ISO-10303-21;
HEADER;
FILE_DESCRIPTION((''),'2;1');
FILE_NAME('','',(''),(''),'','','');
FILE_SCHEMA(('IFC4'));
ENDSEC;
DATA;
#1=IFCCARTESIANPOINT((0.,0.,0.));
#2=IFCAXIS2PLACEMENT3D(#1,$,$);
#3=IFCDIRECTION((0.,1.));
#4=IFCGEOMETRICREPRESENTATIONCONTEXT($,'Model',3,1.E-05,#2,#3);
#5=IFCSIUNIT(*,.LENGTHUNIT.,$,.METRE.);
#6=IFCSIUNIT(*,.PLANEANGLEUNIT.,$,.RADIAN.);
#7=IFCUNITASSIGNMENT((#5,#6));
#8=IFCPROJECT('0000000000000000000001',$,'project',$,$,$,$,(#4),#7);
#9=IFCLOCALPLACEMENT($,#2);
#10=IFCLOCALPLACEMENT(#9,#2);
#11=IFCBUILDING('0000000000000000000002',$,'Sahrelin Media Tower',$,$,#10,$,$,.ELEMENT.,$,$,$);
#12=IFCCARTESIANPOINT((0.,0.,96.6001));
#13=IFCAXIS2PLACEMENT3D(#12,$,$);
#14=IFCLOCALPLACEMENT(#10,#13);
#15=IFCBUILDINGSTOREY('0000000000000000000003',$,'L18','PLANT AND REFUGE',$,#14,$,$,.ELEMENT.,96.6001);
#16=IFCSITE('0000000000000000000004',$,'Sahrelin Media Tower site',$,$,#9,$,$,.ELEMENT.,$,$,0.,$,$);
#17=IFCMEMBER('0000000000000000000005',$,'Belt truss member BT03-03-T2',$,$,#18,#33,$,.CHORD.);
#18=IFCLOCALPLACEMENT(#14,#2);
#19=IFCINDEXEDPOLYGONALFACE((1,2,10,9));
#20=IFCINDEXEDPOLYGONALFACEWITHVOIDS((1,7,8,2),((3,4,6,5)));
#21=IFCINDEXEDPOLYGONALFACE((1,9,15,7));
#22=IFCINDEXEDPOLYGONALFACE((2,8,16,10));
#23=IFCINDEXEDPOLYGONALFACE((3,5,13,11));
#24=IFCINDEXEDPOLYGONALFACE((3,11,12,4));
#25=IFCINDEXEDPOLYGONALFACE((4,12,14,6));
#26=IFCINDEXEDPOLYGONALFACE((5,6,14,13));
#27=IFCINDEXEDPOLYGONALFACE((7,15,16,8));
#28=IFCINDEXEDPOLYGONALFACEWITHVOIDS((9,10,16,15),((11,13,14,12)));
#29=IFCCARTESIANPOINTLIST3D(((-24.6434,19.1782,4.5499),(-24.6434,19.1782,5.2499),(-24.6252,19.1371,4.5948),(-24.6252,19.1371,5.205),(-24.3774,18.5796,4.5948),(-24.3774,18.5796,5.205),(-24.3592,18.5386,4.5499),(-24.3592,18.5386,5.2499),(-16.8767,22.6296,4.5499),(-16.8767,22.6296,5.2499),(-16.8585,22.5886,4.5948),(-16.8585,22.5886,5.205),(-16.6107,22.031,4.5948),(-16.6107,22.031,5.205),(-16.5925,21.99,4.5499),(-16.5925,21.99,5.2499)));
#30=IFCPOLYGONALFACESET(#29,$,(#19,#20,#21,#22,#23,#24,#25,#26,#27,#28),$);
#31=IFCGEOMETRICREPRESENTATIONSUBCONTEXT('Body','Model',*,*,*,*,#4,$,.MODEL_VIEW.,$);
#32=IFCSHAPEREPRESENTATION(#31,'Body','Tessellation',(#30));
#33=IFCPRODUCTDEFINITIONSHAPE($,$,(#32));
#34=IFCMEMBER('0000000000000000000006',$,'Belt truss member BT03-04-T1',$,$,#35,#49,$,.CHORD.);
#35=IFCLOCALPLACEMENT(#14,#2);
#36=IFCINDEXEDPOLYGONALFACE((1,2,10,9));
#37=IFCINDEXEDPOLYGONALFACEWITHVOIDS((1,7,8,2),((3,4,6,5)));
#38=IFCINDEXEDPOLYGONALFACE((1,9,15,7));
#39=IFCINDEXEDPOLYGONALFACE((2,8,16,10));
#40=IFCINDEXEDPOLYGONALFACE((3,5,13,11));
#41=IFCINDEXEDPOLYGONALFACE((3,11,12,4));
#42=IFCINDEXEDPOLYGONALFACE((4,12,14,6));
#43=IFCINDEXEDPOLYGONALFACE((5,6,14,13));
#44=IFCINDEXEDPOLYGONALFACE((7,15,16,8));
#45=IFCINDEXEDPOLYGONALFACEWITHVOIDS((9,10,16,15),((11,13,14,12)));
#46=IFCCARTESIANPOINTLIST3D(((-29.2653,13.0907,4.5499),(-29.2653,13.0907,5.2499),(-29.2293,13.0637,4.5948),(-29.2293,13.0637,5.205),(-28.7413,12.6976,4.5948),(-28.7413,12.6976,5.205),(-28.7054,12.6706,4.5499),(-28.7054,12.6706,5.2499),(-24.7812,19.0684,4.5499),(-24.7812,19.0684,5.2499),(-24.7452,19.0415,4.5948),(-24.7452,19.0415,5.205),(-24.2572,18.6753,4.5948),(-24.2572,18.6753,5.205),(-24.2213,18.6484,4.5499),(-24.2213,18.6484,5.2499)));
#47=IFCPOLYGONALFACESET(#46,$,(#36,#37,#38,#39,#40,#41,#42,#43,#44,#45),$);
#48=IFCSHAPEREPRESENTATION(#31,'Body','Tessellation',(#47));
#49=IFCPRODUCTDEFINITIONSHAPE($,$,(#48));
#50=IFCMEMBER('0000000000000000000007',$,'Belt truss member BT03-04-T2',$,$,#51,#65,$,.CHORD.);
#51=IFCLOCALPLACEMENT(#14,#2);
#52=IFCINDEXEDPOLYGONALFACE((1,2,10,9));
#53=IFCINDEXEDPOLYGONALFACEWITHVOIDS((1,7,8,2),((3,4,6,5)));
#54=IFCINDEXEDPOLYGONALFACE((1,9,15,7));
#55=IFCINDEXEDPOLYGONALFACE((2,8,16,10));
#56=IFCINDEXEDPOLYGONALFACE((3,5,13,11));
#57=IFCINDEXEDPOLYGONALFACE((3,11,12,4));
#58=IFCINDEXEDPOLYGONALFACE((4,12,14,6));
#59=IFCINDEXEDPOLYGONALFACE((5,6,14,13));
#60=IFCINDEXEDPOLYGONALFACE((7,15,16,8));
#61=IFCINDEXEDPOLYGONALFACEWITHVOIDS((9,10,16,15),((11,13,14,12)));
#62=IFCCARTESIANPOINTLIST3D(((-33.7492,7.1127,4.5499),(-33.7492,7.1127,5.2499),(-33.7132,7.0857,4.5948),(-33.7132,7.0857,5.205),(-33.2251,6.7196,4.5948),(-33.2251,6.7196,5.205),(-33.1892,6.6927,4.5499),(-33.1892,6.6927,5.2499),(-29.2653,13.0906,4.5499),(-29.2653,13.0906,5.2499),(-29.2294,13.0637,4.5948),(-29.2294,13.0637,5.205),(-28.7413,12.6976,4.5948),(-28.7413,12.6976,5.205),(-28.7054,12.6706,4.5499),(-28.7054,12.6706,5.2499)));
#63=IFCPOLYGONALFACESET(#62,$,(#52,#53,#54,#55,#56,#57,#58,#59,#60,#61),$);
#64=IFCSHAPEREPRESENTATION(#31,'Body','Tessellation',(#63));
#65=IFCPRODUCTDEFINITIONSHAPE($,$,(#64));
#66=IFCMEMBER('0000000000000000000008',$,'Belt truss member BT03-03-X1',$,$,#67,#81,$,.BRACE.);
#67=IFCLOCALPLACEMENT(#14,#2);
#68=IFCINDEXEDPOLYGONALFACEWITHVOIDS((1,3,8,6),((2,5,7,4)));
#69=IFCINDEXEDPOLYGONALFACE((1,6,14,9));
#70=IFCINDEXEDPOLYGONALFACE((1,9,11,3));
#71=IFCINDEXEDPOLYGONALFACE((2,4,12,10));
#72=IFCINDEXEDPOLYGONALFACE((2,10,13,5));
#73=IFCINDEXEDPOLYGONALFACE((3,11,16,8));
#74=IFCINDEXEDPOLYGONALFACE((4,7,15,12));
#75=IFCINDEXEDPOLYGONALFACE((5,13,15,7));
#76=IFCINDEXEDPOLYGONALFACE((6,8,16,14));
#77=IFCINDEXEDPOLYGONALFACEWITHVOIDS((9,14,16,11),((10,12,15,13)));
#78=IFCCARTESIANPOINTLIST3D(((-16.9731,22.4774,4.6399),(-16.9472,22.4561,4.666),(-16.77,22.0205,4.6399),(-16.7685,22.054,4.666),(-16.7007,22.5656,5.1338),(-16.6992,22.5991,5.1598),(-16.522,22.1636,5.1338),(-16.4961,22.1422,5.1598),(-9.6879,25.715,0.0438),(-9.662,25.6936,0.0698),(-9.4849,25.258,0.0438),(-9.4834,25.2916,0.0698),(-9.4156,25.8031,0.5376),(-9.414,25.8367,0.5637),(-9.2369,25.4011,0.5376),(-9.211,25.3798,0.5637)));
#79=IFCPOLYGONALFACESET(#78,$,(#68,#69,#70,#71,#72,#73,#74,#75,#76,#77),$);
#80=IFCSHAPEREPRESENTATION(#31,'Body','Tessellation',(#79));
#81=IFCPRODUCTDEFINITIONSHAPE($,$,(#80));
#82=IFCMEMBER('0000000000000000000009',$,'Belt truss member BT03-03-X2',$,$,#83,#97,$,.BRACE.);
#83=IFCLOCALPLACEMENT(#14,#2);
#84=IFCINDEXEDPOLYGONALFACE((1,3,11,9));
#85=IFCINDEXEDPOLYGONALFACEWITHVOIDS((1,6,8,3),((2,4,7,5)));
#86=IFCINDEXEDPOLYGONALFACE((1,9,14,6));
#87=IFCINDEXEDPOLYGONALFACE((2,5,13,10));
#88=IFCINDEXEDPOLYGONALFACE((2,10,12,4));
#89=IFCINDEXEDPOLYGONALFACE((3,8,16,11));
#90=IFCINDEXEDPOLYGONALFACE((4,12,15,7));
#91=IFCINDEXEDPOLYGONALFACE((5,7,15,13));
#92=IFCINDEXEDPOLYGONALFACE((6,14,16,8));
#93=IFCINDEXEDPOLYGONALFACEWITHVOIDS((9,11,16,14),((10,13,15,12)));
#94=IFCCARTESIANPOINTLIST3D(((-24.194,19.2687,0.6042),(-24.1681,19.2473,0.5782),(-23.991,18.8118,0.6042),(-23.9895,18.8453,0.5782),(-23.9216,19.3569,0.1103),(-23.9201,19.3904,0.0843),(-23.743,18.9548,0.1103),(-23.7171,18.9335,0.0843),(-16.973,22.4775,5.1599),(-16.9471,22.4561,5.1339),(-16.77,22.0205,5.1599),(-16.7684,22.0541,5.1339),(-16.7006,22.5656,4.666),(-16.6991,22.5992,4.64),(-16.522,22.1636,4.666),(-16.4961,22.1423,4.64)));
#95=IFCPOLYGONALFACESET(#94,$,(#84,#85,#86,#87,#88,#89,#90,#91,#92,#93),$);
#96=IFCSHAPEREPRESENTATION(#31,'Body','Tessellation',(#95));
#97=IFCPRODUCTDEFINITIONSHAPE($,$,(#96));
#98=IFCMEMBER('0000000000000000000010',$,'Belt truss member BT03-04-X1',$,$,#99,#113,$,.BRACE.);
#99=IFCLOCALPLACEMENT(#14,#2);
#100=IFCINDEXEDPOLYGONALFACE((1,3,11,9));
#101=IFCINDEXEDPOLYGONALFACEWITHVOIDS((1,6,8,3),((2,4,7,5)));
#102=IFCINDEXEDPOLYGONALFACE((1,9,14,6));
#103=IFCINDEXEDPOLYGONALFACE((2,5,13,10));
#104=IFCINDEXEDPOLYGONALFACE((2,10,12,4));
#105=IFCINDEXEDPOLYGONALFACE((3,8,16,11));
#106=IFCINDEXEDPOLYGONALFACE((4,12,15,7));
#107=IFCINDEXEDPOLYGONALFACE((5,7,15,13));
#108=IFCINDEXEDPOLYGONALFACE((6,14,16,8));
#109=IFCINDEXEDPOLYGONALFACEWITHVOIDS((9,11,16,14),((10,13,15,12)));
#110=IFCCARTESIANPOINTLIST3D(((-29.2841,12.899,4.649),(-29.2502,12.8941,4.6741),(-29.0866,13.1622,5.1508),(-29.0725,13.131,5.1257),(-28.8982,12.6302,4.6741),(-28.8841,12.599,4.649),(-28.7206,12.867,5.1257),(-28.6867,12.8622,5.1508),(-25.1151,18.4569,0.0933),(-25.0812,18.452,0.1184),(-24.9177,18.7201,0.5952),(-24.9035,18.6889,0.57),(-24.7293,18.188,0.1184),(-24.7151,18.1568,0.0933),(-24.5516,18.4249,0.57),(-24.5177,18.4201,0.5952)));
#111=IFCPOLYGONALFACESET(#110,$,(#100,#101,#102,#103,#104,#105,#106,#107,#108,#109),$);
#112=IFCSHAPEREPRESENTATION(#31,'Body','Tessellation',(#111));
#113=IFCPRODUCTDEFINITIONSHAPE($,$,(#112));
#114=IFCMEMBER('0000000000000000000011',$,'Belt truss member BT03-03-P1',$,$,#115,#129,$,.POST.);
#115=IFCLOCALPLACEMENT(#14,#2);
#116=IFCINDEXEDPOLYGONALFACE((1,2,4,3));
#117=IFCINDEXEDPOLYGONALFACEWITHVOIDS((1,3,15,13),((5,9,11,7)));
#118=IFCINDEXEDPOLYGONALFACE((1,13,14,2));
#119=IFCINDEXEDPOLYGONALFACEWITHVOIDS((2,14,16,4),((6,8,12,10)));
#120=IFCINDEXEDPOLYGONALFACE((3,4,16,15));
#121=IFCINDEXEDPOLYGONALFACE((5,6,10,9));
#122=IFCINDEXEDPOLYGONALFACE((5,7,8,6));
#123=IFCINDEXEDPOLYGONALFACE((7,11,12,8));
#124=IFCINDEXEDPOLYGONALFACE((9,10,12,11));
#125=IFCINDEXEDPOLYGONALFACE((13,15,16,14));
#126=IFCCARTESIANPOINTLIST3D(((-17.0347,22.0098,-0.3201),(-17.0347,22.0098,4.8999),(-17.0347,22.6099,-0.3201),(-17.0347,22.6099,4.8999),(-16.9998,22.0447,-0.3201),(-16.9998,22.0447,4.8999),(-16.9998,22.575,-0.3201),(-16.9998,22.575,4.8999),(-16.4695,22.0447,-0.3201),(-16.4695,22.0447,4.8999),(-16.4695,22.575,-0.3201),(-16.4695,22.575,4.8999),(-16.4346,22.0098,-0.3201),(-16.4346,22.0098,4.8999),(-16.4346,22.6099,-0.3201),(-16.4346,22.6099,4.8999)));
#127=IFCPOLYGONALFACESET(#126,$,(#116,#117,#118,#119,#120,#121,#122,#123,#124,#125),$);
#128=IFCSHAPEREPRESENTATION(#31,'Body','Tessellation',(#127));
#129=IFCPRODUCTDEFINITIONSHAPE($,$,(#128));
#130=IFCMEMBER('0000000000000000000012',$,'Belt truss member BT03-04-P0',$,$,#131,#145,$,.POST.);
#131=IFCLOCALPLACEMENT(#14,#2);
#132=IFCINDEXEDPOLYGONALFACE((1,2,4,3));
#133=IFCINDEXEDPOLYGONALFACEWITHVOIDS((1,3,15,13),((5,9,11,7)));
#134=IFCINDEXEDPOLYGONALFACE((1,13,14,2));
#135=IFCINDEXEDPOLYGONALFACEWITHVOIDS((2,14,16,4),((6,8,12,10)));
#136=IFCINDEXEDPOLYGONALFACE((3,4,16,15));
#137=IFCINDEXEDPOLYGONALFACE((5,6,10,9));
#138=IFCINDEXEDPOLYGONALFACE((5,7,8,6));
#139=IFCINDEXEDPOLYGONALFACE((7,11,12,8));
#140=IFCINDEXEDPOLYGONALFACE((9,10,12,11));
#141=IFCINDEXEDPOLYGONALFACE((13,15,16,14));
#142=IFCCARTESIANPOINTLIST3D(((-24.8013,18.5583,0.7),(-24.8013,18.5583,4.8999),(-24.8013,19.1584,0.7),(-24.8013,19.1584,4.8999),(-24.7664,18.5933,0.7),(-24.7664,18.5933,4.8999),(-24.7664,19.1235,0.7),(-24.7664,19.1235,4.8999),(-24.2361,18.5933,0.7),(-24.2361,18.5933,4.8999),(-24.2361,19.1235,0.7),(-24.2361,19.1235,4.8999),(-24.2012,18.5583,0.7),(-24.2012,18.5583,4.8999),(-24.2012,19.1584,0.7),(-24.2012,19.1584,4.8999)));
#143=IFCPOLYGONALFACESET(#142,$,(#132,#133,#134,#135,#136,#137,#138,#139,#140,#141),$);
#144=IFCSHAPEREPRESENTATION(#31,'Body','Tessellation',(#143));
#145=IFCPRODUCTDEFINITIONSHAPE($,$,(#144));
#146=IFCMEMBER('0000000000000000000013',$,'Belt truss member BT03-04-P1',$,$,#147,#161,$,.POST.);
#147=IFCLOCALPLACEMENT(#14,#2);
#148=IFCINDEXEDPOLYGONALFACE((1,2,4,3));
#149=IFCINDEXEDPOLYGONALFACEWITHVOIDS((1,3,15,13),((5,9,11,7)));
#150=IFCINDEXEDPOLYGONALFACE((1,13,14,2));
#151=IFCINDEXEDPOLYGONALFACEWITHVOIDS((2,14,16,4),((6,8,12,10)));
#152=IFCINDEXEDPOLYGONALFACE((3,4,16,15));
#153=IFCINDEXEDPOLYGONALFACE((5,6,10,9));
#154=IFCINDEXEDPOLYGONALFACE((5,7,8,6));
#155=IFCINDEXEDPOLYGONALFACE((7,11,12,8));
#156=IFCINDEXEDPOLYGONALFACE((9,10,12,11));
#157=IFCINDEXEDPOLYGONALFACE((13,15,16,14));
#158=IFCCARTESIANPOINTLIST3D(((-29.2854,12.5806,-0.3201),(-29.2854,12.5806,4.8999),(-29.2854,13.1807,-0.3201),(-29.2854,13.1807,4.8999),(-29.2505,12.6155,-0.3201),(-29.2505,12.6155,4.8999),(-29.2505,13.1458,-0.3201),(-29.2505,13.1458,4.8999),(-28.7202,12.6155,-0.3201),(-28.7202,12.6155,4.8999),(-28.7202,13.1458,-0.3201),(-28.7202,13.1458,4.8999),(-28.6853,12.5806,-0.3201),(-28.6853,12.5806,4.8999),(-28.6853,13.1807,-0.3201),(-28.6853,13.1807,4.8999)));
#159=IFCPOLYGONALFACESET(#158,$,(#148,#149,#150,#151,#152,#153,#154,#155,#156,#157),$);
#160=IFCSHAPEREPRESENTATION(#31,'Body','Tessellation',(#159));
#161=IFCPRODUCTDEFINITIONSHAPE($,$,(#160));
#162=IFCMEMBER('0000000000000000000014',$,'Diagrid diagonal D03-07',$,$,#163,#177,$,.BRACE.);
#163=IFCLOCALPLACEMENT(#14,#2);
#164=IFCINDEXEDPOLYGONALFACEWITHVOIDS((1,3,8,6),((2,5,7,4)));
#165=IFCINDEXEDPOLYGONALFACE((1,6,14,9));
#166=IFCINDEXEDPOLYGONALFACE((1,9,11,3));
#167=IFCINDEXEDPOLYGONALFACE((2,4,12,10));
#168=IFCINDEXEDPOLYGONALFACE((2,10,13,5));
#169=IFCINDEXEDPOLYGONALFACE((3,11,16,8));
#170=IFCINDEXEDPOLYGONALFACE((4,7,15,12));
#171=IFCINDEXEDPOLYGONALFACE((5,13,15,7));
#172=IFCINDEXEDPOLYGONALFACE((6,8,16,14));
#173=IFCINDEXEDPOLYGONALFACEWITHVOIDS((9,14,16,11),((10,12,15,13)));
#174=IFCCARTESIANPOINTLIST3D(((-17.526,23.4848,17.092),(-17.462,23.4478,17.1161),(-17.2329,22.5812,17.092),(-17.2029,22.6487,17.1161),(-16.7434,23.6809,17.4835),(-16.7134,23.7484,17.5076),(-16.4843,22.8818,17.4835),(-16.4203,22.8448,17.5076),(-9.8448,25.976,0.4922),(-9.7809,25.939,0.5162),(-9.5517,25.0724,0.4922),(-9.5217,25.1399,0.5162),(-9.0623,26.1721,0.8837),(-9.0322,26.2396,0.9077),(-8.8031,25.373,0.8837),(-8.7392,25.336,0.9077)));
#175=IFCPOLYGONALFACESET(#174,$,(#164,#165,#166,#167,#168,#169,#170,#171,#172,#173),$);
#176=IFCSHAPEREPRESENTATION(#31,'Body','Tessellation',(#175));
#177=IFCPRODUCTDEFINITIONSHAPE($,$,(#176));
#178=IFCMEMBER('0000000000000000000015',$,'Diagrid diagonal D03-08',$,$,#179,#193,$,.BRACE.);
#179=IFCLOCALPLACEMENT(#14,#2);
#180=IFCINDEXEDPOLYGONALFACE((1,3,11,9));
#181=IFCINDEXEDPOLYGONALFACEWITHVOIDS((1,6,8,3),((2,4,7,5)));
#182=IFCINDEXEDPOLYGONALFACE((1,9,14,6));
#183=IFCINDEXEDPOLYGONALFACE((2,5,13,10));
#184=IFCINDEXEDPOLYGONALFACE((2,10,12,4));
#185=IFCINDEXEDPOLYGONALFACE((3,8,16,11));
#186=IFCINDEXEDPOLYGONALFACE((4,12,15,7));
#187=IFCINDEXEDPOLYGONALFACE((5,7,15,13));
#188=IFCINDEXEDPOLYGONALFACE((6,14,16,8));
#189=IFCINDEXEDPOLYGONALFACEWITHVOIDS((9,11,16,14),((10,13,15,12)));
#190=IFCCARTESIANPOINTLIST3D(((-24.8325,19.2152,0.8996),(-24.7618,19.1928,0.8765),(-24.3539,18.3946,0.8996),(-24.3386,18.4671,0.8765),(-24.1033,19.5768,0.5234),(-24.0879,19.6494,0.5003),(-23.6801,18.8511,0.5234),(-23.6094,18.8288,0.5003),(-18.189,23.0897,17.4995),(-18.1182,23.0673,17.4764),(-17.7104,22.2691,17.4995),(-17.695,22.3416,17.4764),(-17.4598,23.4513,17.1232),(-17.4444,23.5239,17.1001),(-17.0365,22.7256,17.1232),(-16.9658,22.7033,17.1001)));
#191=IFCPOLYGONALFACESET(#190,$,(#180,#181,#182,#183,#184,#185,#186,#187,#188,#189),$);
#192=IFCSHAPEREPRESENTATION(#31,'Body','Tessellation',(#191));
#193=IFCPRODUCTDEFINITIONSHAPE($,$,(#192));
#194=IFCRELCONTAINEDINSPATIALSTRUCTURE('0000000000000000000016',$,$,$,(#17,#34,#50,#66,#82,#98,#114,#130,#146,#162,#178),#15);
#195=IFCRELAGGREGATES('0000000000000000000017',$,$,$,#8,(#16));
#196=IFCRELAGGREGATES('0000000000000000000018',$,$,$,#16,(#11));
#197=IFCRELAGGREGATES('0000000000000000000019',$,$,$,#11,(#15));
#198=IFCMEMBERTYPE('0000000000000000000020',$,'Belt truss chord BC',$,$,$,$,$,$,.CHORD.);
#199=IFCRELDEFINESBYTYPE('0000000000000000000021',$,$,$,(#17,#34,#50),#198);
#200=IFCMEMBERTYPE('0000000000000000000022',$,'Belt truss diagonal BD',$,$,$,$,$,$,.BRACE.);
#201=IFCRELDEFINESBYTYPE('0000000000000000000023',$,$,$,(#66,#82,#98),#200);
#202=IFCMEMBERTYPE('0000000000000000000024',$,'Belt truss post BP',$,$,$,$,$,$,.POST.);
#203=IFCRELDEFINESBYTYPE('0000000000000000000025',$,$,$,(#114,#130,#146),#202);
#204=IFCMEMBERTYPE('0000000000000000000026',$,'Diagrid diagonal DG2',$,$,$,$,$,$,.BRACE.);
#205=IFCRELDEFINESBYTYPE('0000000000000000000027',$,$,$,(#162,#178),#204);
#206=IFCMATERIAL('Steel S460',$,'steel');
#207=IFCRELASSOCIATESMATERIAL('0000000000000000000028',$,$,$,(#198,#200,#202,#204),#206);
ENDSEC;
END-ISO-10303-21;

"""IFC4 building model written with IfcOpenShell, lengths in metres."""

from ifc_helpers import new_model, si_unit, direction, frame, origin, origin_2d, place, context, subcontext, project, spatial, hollow_rectangle, extrude, material, material_profile, profile_set, type_object, element, save


model = new_model("IFC4")

# Units and contexts
model_context = context("Model", 3, precision=1e-05, world=origin(), true_north=direction((0.0, 1.0)))
body_context = subcontext(model_context, "Body", "Model", "MODEL_VIEW")
ifc_project = project(units=[si_unit("LENGTHUNIT", "METRE"), si_unit("PLANEANGLEUNIT", "RADIAN")], contexts=[model_context])

# Site, building, storey
site_placement = place(None, origin())
site = spatial("IfcSite", under=ifc_project, at=site_placement, Name="Sahrelin Media Tower site", CompositionType="ELEMENT", RefElevation=0.0)
building_placement = place(site_placement, origin())
building = spatial("IfcBuilding", under=site, at=building_placement, Name="Sahrelin Media Tower", CompositionType="ELEMENT")
storey_placement = place(building_placement, frame((0.0, 0.0, 96.6001)))
storey = spatial("IfcBuildingStorey", under=building, at=storey_placement, Name="L18", Description="PLANT AND REFUGE", CompositionType="ELEMENT", Elevation=96.6001)

# Members
ifc_material_1 = material(Name="Steel S460", Category="steel")
ifc_material_profile_1 = material_profile(ifc_material_1, hollow_rectangle(XDim=0.7, YDim=0.7, WallThickness=0.0449, at=origin_2d()), Name="Belt truss chord BC")
ifc_profile_set_1 = profile_set([ifc_material_profile_1], Name="Steel S460")
member_type_1 = type_object("IfcMemberType", Name="Belt truss chord BC", PredefinedType="CHORD", material=ifc_profile_set_1)
member_1_placement = place(storey_placement, frame((-16.7346, 22.3098, 4.8999), z_axis=(-0.913829, -0.406098, 0.0), x_axis=(0.406098, -0.913829, 0.0)))
element("IfcMember", 1, at=member_1_placement, inside=storey, type_object=member_type_1, Name="Belt truss member BT03-03-T2", PredefinedType="CHORD", context=body_context, shape_type="SweptSolid", body=[
    extrude(hollow_rectangle(XDim=0.7, YDim=0.7, WallThickness=0.0449, at=origin_2d()), origin(), (0.0, 0.0, 1.0), 8.499),
])
for number, where, z_axis, x_axis, name in (
    (2, (-24.5012, 18.8584, 4.8999), (-0.600068, -0.799949, 0.0), (0.799949, -0.600068, 0.0), "Belt truss member BT03-04-T1"),
    (3, (-28.9854, 12.8806, 4.8999), (-0.600031, -0.799976, 0.0), (0.799976, -0.600031, 0.0), "Belt truss member BT03-04-T2"),
):
    element("IfcMember", number, at=place(storey_placement, frame(where, z_axis=z_axis, x_axis=x_axis)), inside=storey, type_object=member_type_1, Name=name, PredefinedType="CHORD", context=body_context, shape_type="SweptSolid", body=[
        extrude(hollow_rectangle(XDim=0.7, YDim=0.7, WallThickness=0.0449, at=origin_2d()), origin(), (0.0, 0.0, 1.0), 7.4727),
    ])
ifc_material_profile_2 = material_profile(ifc_material_1, hollow_rectangle(XDim=0.5, YDim=0.6001, WallThickness=0.03, at=origin_2d()), Name="Belt truss diagonal BD")
ifc_profile_set_2 = profile_set([ifc_material_profile_2], Name="Steel S460")
member_type_2 = type_object("IfcMemberType", Name="Belt truss diagonal BD", PredefinedType="BRACE", material=ifc_profile_set_2)
member_2_placement = place(storey_placement, frame((-9.4495, 25.5474, 0.3037), z_axis=(-0.791677, -0.351824, 0.499467), x_axis=(0.406107, -0.913825, 0.0)))
element("IfcMember", 4, at=member_2_placement, inside=storey, type_object=member_type_2, Name="Belt truss member BT03-03-X1", PredefinedType="BRACE", context=body_context, shape_type="SweptSolid", body=[
    extrude(hollow_rectangle(XDim=0.5, YDim=0.6001, WallThickness=0.03, at=origin_2d()), origin(), (0.0, 0.0, 1.0), 9.2021),
])
member_3_placement = place(storey_placement, frame((-23.9556, 19.1011, 0.3442), z_axis=(0.791686, 0.351798, 0.499471), x_axis=(-0.406078, 0.913838, 0.0)))
element("IfcMember", 5, at=member_3_placement, inside=storey, type_object=member_type_2, Name="Belt truss member BT03-03-X2", PredefinedType="BRACE", context=body_context, shape_type="SweptSolid", body=[
    extrude(hollow_rectangle(XDim=0.5, YDim=0.6001, WallThickness=0.03, at=origin_2d()), origin(), (0.0, 0.0, 1.0), 9.1211),
])
member_4_placement = place(storey_placement, frame((-24.8164, 18.4385, 0.3442), z_axis=(-0.501795, -0.668972, 0.548342), x_axis=(0.799962, -0.600051, 0.0)))
element("IfcMember", 6, at=member_4_placement, inside=storey, type_object=member_type_2, Name="Belt truss member BT03-04-X1", PredefinedType="BRACE", context=body_context, shape_type="SweptSolid", body=[
    extrude(hollow_rectangle(XDim=0.5, YDim=0.6001, WallThickness=0.03, at=origin_2d()), origin(), (0.0, 0.0, 1.0), 8.3081),
])
ifc_material_profile_3 = material_profile(ifc_material_1, hollow_rectangle(XDim=0.6001, YDim=0.6001, WallThickness=0.0349, at=origin_2d()), Name="Belt truss post BP")
ifc_profile_set_3 = profile_set([ifc_material_profile_3], Name="Steel S460")
member_type_3 = type_object("IfcMemberType", Name="Belt truss post BP", PredefinedType="POST", material=ifc_profile_set_3)
member_5_placement = place(storey_placement, frame((-16.7346, 22.3098, -0.3201), z_axis=(0.0, 0.0, 1.0), x_axis=(1.0, 0.0, 0.0)))
element("IfcMember", 7, at=member_5_placement, inside=storey, type_object=member_type_3, Name="Belt truss member BT03-03-P1", PredefinedType="POST", context=body_context, shape_type="SweptSolid", body=[
    extrude(hollow_rectangle(XDim=0.6001, YDim=0.6001, WallThickness=0.0349, at=origin_2d()), origin(), (0.0, 0.0, 1.0), 5.22),
])
member_6_placement = place(storey_placement, frame((-24.5012, 18.8584, 0.7), z_axis=(0.0, 0.0, 1.0), x_axis=(1.0, 0.0, 0.0)))
element("IfcMember", 8, at=member_6_placement, inside=storey, type_object=member_type_3, Name="Belt truss member BT03-04-P0", PredefinedType="POST", context=body_context, shape_type="SweptSolid", body=[
    extrude(hollow_rectangle(XDim=0.6001, YDim=0.6001, WallThickness=0.0349, at=origin_2d()), origin(), (0.0, 0.0, 1.0), 4.2),
])
member_7_placement = place(storey_placement, frame((-28.9854, 12.8806, -0.3201), z_axis=(0.0, 0.0, 1.0), x_axis=(1.0, 0.0, 0.0)))
element("IfcMember", 9, at=member_7_placement, inside=storey, type_object=member_type_3, Name="Belt truss member BT03-04-P1", PredefinedType="POST", context=body_context, shape_type="SweptSolid", body=[
    extrude(hollow_rectangle(XDim=0.6001, YDim=0.6001, WallThickness=0.0349, at=origin_2d()), origin(), (0.0, 0.0, 1.0), 5.22),
])
ifc_material_profile_4 = material_profile(ifc_material_1, hollow_rectangle(XDim=0.95, YDim=0.95, WallThickness=0.0549, at=origin_2d()), Name="Diagrid diagonal DG2")
ifc_profile_set_4 = profile_set([ifc_material_profile_4], Name="Steel S460")
member_type_4 = type_object("IfcMemberType", Name="Diagrid diagonal DG2", PredefinedType="BRACE", material=ifc_profile_set_4)
member_8_placement = place(storey_placement, frame((-9.292, 25.656, 0.7), z_axis=(-0.416103, -0.134954, 0.899247), x_axis=(0.308508, -0.951222, 0.0)))
element("IfcMember", 10, at=member_8_placement, inside=storey, type_object=member_type_4, Name="Diagrid diagonal D03-07", PredefinedType="BRACE", context=body_context, shape_type="SweptSolid", body=[
    extrude(hollow_rectangle(XDim=0.95, YDim=0.95, WallThickness=0.0549, at=origin_2d()), origin(), (0.0, 0.0, 1.0), 18.4597),
])
member_9_placement = place(storey_placement, frame((-24.2209, 19.022, 0.7), z_axis=(0.363137, 0.211781, 0.907348), x_axis=(-0.503784, 0.86383, 0.0)))
element("IfcMember", 11, at=member_9_placement, inside=storey, type_object=member_type_4, Name="Diagrid diagonal D03-08", PredefinedType="BRACE", context=body_context, shape_type="SweptSolid", body=[
    extrude(hollow_rectangle(XDim=0.95, YDim=0.95, WallThickness=0.0549, at=origin_2d()), origin(), (0.0, 0.0, 1.0), 18.2949),
])

save(model, "model.ifc")
